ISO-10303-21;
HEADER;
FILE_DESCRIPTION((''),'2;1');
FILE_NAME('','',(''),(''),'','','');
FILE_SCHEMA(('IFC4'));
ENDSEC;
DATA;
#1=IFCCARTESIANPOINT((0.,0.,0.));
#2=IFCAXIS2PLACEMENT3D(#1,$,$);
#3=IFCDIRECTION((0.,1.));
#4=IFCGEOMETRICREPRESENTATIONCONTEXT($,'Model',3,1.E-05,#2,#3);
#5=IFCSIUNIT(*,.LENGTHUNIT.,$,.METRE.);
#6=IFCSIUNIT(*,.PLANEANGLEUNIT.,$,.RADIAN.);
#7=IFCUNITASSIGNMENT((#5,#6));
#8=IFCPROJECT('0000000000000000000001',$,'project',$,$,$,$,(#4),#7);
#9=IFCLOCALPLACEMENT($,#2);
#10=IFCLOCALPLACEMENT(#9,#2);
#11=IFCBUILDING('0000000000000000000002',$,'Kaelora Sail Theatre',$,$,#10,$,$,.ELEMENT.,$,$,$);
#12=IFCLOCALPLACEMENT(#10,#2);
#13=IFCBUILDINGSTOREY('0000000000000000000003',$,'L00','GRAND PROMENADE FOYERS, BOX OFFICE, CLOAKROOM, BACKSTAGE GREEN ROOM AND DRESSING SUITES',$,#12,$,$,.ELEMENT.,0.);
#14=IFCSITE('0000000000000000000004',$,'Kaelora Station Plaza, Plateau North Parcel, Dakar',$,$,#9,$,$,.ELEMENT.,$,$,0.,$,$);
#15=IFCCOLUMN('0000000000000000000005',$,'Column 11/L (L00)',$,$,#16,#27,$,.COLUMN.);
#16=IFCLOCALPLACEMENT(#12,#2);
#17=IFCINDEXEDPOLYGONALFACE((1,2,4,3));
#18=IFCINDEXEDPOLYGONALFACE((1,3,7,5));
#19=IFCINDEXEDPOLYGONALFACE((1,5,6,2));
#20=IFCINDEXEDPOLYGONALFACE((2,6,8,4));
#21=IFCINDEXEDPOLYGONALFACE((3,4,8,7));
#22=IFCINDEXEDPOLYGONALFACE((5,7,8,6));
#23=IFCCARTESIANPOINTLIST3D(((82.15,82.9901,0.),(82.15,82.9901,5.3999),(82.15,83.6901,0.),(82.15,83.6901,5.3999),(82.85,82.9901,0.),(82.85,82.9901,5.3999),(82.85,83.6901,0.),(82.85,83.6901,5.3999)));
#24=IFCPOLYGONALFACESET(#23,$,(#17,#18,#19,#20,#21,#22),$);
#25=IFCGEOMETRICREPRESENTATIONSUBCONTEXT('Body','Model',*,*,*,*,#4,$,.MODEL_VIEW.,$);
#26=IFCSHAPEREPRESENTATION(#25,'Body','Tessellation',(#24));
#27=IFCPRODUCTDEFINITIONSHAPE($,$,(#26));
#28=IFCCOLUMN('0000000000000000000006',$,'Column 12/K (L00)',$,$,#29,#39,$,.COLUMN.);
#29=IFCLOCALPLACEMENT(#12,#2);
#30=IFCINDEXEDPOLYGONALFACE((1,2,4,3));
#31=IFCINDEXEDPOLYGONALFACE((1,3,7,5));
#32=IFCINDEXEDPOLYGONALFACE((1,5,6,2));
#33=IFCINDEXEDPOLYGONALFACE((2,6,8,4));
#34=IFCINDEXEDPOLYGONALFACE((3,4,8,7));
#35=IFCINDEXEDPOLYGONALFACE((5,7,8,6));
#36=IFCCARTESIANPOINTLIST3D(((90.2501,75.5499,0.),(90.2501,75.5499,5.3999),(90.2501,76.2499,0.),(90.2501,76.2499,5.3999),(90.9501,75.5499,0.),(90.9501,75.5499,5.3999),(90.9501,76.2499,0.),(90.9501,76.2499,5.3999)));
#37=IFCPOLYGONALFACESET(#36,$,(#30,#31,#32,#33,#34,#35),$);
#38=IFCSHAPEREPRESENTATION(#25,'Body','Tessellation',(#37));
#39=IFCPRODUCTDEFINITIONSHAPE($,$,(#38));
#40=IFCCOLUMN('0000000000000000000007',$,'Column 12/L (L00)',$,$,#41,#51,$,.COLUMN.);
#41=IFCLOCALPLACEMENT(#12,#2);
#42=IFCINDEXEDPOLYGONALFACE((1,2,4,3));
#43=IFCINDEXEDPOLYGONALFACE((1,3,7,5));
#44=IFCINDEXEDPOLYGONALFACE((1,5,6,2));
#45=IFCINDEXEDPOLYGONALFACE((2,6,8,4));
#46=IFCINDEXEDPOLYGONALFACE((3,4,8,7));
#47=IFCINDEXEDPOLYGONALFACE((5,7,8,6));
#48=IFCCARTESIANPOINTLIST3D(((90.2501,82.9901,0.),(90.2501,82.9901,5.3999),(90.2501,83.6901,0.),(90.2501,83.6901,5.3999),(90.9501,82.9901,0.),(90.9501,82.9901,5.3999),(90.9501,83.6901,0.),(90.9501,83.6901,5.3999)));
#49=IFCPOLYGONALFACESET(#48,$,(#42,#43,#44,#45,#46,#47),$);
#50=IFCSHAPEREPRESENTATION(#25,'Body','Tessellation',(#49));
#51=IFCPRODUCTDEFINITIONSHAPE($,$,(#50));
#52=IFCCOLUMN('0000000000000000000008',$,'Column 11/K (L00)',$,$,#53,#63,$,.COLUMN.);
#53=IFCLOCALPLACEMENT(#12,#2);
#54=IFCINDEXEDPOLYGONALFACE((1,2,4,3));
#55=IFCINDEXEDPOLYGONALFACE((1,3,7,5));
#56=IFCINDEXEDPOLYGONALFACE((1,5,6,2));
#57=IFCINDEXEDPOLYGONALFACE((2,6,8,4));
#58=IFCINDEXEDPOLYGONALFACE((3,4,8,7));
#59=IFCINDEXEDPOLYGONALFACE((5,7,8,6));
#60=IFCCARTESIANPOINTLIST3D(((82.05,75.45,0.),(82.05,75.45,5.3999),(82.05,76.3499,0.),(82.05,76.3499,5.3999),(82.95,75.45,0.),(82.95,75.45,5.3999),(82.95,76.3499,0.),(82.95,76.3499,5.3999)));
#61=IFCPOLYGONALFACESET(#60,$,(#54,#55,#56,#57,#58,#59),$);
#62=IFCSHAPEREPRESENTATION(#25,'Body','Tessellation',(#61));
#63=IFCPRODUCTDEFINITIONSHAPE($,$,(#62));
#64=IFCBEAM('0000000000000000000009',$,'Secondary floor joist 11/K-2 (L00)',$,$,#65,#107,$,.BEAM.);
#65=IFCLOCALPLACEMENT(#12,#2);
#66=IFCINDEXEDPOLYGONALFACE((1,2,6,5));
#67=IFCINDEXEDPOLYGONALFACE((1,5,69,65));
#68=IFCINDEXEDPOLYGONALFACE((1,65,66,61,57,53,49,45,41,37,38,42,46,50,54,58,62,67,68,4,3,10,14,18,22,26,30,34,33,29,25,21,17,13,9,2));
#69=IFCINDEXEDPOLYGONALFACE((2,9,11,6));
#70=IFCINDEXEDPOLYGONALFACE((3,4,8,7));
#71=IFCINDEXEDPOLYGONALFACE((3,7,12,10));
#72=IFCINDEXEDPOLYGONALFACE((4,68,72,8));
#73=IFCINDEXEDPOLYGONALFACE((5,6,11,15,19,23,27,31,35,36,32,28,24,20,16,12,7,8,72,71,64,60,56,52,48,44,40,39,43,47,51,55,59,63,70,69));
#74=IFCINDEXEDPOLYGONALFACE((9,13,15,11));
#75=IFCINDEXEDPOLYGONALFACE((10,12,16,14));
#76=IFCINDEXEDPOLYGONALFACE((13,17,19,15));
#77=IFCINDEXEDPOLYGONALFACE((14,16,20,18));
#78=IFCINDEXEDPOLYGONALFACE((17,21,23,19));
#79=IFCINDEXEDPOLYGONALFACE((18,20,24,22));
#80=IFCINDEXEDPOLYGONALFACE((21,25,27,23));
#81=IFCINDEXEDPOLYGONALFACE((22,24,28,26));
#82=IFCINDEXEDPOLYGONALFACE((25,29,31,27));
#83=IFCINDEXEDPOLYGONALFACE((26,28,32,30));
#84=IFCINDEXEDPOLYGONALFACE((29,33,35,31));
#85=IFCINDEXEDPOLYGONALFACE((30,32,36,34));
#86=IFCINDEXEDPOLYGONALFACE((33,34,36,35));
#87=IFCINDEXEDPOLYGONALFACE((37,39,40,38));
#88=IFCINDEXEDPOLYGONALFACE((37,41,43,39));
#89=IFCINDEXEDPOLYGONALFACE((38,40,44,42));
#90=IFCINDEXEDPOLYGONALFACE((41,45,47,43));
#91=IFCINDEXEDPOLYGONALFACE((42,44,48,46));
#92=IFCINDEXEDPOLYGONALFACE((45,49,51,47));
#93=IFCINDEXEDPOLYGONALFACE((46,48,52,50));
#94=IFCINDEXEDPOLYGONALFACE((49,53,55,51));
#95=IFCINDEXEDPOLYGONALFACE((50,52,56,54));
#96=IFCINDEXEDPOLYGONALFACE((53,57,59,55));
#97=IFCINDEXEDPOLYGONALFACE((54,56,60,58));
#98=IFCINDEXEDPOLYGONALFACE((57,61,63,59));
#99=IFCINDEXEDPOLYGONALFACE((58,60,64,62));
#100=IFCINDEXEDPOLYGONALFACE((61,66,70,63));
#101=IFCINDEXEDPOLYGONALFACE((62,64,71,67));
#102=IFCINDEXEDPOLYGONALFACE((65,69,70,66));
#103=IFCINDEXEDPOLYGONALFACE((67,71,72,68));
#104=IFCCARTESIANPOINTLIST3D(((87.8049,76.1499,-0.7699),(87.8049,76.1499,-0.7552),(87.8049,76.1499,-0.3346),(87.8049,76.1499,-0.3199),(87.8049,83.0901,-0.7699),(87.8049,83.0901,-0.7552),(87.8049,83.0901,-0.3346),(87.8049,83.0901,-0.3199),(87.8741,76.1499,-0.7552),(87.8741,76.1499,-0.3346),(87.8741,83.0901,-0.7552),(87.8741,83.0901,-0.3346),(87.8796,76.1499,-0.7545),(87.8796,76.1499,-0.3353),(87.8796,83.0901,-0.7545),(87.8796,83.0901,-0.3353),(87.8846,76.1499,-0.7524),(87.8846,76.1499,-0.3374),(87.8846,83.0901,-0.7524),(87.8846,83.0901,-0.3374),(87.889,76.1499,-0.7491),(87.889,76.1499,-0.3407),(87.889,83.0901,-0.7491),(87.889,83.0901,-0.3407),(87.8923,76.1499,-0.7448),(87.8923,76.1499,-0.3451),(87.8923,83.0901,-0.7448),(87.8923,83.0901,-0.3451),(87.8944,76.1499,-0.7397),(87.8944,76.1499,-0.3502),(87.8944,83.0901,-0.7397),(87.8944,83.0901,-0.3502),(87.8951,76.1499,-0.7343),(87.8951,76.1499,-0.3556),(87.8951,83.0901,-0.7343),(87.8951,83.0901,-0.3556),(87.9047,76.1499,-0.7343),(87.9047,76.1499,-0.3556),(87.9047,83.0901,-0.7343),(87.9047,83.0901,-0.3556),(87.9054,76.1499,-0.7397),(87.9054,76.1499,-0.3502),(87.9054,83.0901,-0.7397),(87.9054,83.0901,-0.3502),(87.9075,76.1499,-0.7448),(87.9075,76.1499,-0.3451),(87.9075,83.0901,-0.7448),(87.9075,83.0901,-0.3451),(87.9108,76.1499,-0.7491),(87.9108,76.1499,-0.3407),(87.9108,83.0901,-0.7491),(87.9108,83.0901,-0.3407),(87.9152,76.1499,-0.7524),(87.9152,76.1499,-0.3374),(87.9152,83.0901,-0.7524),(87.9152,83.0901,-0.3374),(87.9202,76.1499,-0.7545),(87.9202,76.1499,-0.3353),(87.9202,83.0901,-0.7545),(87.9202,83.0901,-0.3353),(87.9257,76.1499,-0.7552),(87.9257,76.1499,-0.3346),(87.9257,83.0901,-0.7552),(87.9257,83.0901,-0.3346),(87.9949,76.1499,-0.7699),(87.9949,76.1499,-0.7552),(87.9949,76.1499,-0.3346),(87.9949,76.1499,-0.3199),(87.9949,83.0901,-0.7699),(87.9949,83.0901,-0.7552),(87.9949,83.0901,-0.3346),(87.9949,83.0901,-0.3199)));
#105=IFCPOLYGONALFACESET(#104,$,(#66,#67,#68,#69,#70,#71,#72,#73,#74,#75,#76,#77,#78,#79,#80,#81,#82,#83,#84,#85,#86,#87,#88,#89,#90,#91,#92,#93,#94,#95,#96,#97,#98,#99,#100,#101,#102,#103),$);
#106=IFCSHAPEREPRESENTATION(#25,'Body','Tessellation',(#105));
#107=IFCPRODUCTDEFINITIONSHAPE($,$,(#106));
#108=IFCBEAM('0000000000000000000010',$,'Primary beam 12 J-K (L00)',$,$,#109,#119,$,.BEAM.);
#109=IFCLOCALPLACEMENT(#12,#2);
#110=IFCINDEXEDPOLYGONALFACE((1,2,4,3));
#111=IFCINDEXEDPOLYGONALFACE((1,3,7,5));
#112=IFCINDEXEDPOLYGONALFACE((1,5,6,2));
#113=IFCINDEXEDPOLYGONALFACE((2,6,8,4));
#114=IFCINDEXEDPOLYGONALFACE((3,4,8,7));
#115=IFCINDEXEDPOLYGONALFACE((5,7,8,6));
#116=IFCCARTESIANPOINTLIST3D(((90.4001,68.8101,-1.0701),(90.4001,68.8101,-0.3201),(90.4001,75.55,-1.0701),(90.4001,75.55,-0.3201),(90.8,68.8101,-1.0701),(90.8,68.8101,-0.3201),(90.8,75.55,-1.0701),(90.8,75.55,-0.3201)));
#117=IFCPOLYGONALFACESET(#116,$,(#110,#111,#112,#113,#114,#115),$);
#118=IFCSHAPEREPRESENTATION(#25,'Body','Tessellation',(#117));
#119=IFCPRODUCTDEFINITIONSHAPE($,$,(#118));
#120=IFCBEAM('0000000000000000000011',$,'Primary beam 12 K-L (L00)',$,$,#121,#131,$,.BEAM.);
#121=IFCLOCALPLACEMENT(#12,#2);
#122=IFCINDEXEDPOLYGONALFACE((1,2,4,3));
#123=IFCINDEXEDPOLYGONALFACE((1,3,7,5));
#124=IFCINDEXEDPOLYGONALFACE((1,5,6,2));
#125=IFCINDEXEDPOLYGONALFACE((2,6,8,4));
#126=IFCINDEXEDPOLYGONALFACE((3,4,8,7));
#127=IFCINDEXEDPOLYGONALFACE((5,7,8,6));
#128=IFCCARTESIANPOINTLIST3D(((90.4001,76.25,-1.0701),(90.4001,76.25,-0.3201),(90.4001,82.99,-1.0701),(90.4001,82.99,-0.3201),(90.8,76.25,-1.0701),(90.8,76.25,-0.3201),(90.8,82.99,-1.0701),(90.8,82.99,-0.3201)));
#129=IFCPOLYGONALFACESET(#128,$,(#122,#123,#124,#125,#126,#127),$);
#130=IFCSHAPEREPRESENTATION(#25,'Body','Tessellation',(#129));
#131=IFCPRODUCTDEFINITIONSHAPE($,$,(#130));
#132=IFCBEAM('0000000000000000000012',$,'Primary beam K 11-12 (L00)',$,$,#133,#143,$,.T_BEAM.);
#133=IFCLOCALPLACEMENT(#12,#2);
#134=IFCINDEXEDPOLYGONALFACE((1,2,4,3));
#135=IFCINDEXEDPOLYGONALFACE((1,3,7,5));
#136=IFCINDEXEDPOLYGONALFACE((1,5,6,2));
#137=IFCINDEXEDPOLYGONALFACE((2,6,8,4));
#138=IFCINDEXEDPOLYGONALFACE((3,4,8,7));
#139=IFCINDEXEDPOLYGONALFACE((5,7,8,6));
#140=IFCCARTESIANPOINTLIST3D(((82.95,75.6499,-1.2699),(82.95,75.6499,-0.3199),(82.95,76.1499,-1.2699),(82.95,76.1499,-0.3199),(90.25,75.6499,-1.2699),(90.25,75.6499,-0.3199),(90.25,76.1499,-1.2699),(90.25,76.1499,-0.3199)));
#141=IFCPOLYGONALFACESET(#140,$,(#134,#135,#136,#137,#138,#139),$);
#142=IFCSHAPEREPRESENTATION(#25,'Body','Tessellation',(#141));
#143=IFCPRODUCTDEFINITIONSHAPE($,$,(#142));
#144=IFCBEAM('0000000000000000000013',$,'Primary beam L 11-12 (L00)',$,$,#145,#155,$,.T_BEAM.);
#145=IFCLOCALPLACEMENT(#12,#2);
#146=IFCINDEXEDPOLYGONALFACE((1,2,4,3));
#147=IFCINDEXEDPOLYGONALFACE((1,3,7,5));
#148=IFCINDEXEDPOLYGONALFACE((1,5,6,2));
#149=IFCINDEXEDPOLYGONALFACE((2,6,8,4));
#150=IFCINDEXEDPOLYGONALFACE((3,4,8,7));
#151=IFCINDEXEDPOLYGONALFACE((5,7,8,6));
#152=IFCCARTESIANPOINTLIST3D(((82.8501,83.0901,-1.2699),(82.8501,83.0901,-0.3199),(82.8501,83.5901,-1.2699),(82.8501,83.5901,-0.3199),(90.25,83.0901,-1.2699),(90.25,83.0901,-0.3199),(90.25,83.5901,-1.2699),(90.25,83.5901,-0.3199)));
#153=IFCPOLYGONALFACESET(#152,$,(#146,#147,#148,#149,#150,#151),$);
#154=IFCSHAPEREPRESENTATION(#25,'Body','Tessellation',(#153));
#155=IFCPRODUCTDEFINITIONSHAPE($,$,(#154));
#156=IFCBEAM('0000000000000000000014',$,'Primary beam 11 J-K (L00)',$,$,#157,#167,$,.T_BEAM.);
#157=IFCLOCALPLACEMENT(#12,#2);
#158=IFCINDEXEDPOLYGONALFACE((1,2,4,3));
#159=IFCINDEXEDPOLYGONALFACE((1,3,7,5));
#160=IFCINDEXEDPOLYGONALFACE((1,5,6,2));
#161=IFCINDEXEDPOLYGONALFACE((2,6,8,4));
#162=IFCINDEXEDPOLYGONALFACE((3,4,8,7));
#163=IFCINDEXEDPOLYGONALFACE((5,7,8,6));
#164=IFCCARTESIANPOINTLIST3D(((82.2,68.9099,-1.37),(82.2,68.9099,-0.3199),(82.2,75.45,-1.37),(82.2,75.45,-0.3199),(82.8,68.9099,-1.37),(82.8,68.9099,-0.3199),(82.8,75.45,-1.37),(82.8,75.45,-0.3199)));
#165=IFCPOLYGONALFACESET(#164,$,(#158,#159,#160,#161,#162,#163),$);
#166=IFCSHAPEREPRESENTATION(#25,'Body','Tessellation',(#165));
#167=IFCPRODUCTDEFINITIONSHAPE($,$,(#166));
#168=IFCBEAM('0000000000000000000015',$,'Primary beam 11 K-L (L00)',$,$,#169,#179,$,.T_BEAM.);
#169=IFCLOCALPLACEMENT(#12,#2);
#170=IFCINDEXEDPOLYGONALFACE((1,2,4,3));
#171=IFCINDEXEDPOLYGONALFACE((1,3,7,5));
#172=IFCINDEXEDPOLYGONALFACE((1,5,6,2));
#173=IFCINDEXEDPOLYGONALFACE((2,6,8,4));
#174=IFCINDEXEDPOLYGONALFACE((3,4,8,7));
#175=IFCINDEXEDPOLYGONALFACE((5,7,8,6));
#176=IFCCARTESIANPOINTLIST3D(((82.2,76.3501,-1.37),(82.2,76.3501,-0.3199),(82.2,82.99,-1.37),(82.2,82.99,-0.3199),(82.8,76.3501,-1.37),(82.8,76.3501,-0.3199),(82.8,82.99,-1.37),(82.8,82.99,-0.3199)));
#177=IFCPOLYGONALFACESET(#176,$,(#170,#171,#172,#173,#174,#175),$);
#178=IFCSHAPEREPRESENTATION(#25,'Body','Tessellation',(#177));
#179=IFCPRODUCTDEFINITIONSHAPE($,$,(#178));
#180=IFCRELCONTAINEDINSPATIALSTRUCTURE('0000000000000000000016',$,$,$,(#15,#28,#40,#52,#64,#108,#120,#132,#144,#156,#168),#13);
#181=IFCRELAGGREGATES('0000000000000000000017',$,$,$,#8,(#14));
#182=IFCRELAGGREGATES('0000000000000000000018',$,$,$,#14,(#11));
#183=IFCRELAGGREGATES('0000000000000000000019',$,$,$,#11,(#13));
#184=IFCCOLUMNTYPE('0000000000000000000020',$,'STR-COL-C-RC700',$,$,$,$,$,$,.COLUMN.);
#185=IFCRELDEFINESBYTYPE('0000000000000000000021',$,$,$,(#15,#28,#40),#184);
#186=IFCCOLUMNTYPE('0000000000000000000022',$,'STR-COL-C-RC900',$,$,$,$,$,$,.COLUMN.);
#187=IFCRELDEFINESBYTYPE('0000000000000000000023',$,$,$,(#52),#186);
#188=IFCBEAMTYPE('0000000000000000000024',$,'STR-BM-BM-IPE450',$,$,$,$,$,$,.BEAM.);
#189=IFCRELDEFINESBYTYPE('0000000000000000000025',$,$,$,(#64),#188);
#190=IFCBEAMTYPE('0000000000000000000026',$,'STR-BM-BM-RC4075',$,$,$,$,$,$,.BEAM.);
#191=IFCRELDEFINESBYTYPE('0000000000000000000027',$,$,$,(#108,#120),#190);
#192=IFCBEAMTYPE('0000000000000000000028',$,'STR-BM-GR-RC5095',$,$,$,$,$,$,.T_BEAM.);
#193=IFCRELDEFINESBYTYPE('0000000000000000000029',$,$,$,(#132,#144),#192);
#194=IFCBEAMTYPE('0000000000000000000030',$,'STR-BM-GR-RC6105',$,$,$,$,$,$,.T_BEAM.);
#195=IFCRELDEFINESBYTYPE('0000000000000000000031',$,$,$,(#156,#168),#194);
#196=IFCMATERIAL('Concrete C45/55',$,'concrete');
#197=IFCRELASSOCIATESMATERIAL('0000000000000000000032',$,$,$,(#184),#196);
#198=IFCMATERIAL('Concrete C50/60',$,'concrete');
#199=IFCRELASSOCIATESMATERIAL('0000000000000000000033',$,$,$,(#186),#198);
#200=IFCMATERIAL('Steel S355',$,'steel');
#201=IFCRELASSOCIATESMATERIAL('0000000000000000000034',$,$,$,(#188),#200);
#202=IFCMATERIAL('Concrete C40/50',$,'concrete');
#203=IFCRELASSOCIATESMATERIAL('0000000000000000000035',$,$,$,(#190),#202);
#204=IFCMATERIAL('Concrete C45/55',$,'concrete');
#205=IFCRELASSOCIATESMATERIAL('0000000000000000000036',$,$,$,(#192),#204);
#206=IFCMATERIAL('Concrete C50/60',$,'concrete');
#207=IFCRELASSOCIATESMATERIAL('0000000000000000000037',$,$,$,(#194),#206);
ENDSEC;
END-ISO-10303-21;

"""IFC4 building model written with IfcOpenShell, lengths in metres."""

from ifc_helpers import new_model, si_unit, direction, frame, origin, origin_2d, place, context, subcontext, project, spatial, rectangle, i_section, extrude, material, material_profile, profile_set, type_object, element, save


model = new_model("IFC4")

# Units and contexts
model_context = context("Model", 3, precision=1e-05, world=origin(), true_north=direction((0.0, 1.0)))
body_context = subcontext(model_context, "Body", "Model", "MODEL_VIEW")
ifc_project = project(units=[si_unit("LENGTHUNIT", "METRE"), si_unit("PLANEANGLEUNIT", "RADIAN")], contexts=[model_context])

# Site, building, storey
site_placement = place(None, origin())
site = spatial("IfcSite", under=ifc_project, at=site_placement, Name="Kaelora Station Plaza, Plateau North Parcel, Dakar", CompositionType="ELEMENT", RefElevation=0.0)
building_placement = place(site_placement, origin())
building = spatial("IfcBuilding", under=site, at=building_placement, Name="Kaelora Sail Theatre", CompositionType="ELEMENT")
storey_placement = place(building_placement, origin())
storey = spatial("IfcBuildingStorey", under=building, at=storey_placement, Name="L00", Description="GRAND PROMENADE FOYERS, BOX OFFICE, CLOAKROOM, BACKSTAGE GREEN ROOM AND DRESSING SUITES", CompositionType="ELEMENT", Elevation=0.0)

# Columns
ifc_material_1 = material(Name="Concrete C45/55", Category="concrete")
ifc_material_profile_1 = material_profile(ifc_material_1, rectangle(XDim=0.7, YDim=0.7, at=origin_2d()), Name="RC-COL 700x700")
ifc_profile_set_1 = profile_set([ifc_material_profile_1], Name="Concrete C45/55")
column_type_1 = type_object("IfcColumnType", Name="STR-COL-C-RC700", PredefinedType="COLUMN", material=ifc_profile_set_1)
for number, where, z_axis, x_axis, name in (
    (1, (82.5, 83.3401, 0.0), (0.0, 0.0, 1.0), (1.0, 0.0, 0.0), "Column 11/L (L00)"),
    (2, (90.6001, 75.8999, 0.0), (0.0, 0.0, 1.0), (1.0, 0.0, 0.0), "Column 12/K (L00)"),
    (3, (90.6001, 83.3401, 0.0), (0.0, 0.0, 1.0), (1.0, 0.0, 0.0), "Column 12/L (L00)"),
):
    element("IfcColumn", number, at=place(storey_placement, frame(where, z_axis=z_axis, x_axis=x_axis)), inside=storey, type_object=column_type_1, Name=name, PredefinedType="COLUMN", context=body_context, shape_type="SweptSolid", body=[
        extrude(rectangle(XDim=0.7, YDim=0.7, at=origin_2d()), origin(), (0.0, 0.0, 1.0), 5.3999),
    ])
ifc_material_2 = material(Name="Concrete C50/60", Category="concrete")
ifc_material_profile_2 = material_profile(ifc_material_2, rectangle(XDim=0.8999, YDim=0.8999, at=origin_2d()), Name="RC-COL 900x900")
ifc_profile_set_2 = profile_set([ifc_material_profile_2], Name="Concrete C50/60")
column_type_2 = type_object("IfcColumnType", Name="STR-COL-C-RC900", PredefinedType="COLUMN", material=ifc_profile_set_2)
column_placement = place(storey_placement, frame((82.5, 75.8999, 0.0), z_axis=(0.0, 0.0, 1.0), x_axis=(1.0, 0.0, 0.0)))
element("IfcColumn", 4, at=column_placement, inside=storey, type_object=column_type_2, Name="Column 11/K (L00)", PredefinedType="COLUMN", context=body_context, shape_type="SweptSolid", body=[
    extrude(rectangle(XDim=0.8999, YDim=0.8999, at=origin_2d()), origin(), (0.0, 0.0, 1.0), 5.3999),
])

# Beams
ifc_material_3 = material(Name="Steel S355", Category="steel")
ifc_material_profile_3 = material_profile(ifc_material_3, i_section(OverallWidth=0.1899, OverallDepth=0.45, WebThickness=0.0095, FlangeThickness=0.0146, FilletRadius=0.021, at=origin_2d()), Name="IPE 450")
ifc_profile_set_3 = profile_set([ifc_material_profile_3], Name="Steel S355")
beam_type_1 = type_object("IfcBeamType", Name="STR-BM-BM-IPE450", PredefinedType="BEAM", material=ifc_profile_set_3)
beam_1_placement = place(storey_placement, frame((87.8999, 76.1499, -0.5449), z_axis=(0.0, 1.0, 0.0), x_axis=(-1.0, 0.0, 0.0)))
element("IfcBeam", 5, at=beam_1_placement, inside=storey, type_object=beam_type_1, Name="Secondary floor joist 11/K-2 (L00)", PredefinedType="BEAM", context=body_context, shape_type="SweptSolid", body=[
    extrude(i_section(OverallWidth=0.1899, OverallDepth=0.45, WebThickness=0.0095, FlangeThickness=0.0146, FilletRadius=0.021, at=origin_2d()), origin(), (0.0, 0.0, 1.0), 6.9402),
])
ifc_material_4 = material(Name="Concrete C40/50", Category="concrete")
ifc_material_profile_4 = material_profile(ifc_material_4, rectangle(XDim=0.3999, YDim=0.75, at=origin_2d()), Name="RC-BM 400x750")
ifc_profile_set_4 = profile_set([ifc_material_profile_4], Name="Concrete C40/50")
beam_type_2 = type_object("IfcBeamType", Name="STR-BM-BM-RC4075", PredefinedType="BEAM", material=ifc_profile_set_4)
for number, where, z_axis, x_axis, name in (
    (6, (90.6001, 68.8101, -0.6951), (0.0, 1.0, 0.0), (-1.0, 0.0, 0.0), "Primary beam 12 J-K (L00)"),
    (7, (90.6001, 76.25, -0.6951), (0.0, 1.0, 0.0), (-1.0, 0.0, 0.0), "Primary beam 12 K-L (L00)"),
):
    element("IfcBeam", number, at=place(storey_placement, frame(where, z_axis=z_axis, x_axis=x_axis)), inside=storey, type_object=beam_type_2, Name=name, PredefinedType="BEAM", context=body_context, shape_type="SweptSolid", body=[
        extrude(rectangle(XDim=0.3999, YDim=0.75, at=origin_2d()), origin(), (0.0, 0.0, 1.0), 6.74),
    ])
ifc_material_5 = material(Name="Concrete C45/55", Category="concrete")
ifc_material_profile_5 = material_profile(ifc_material_5, rectangle(XDim=0.5, YDim=0.95, at=origin_2d()), Name="RC-GRD 500x950")
ifc_profile_set_5 = profile_set([ifc_material_profile_5], Name="Concrete C45/55")
beam_type_3 = type_object("IfcBeamType", Name="STR-BM-GR-RC5095", PredefinedType="T_BEAM", material=ifc_profile_set_5)
beam_2_placement = place(storey_placement, frame((82.95, 75.8999, -0.7949), z_axis=(1.0, 0.0, 0.0), x_axis=(0.0, 1.0, 0.0)))
element("IfcBeam", 8, at=beam_2_placement, inside=storey, type_object=beam_type_3, Name="Primary beam K 11-12 (L00)", PredefinedType="T_BEAM", context=body_context, shape_type="SweptSolid", body=[
    extrude(rectangle(XDim=0.5, YDim=0.95, at=origin_2d()), origin(), (0.0, 0.0, 1.0), 7.3),
])
beam_3_placement = place(storey_placement, frame((82.8501, 83.3401, -0.7949), z_axis=(1.0, 0.0, 0.0), x_axis=(0.0, 1.0, 0.0)))
element("IfcBeam", 9, at=beam_3_placement, inside=storey, type_object=beam_type_3, Name="Primary beam L 11-12 (L00)", PredefinedType="T_BEAM", context=body_context, shape_type="SweptSolid", body=[
    extrude(rectangle(XDim=0.5, YDim=0.95, at=origin_2d()), origin(), (0.0, 0.0, 1.0), 7.3999),
])
ifc_material_6 = material(Name="Concrete C50/60", Category="concrete")
ifc_material_profile_6 = material_profile(ifc_material_6, rectangle(XDim=0.6001, YDim=1.05, at=origin_2d()), Name="RC-GRD 600x1050")
ifc_profile_set_6 = profile_set([ifc_material_profile_6], Name="Concrete C50/60")
beam_type_4 = type_object("IfcBeamType", Name="STR-BM-GR-RC6105", PredefinedType="T_BEAM", material=ifc_profile_set_6)
beam_4_placement = place(storey_placement, frame((82.5, 68.9099, -0.845), z_axis=(0.0, 1.0, 0.0), x_axis=(-1.0, 0.0, 0.0)))
element("IfcBeam", 10, at=beam_4_placement, inside=storey, type_object=beam_type_4, Name="Primary beam 11 J-K (L00)", PredefinedType="T_BEAM", context=body_context, shape_type="SweptSolid", body=[
    extrude(rectangle(XDim=0.6001, YDim=1.05, at=origin_2d()), origin(), (0.0, 0.0, 1.0), 6.54),
])
beam_5_placement = place(storey_placement, frame((82.5, 76.3501, -0.845), z_axis=(0.0, 1.0, 0.0), x_axis=(-1.0, 0.0, 0.0)))
element("IfcBeam", 11, at=beam_5_placement, inside=storey, type_object=beam_type_4, Name="Primary beam 11 K-L (L00)", PredefinedType="T_BEAM", context=body_context, shape_type="SweptSolid", body=[
    extrude(rectangle(XDim=0.6001, YDim=1.05, at=origin_2d()), origin(), (0.0, 0.0, 1.0), 6.6399),
])

save(model, "model.ifc")
